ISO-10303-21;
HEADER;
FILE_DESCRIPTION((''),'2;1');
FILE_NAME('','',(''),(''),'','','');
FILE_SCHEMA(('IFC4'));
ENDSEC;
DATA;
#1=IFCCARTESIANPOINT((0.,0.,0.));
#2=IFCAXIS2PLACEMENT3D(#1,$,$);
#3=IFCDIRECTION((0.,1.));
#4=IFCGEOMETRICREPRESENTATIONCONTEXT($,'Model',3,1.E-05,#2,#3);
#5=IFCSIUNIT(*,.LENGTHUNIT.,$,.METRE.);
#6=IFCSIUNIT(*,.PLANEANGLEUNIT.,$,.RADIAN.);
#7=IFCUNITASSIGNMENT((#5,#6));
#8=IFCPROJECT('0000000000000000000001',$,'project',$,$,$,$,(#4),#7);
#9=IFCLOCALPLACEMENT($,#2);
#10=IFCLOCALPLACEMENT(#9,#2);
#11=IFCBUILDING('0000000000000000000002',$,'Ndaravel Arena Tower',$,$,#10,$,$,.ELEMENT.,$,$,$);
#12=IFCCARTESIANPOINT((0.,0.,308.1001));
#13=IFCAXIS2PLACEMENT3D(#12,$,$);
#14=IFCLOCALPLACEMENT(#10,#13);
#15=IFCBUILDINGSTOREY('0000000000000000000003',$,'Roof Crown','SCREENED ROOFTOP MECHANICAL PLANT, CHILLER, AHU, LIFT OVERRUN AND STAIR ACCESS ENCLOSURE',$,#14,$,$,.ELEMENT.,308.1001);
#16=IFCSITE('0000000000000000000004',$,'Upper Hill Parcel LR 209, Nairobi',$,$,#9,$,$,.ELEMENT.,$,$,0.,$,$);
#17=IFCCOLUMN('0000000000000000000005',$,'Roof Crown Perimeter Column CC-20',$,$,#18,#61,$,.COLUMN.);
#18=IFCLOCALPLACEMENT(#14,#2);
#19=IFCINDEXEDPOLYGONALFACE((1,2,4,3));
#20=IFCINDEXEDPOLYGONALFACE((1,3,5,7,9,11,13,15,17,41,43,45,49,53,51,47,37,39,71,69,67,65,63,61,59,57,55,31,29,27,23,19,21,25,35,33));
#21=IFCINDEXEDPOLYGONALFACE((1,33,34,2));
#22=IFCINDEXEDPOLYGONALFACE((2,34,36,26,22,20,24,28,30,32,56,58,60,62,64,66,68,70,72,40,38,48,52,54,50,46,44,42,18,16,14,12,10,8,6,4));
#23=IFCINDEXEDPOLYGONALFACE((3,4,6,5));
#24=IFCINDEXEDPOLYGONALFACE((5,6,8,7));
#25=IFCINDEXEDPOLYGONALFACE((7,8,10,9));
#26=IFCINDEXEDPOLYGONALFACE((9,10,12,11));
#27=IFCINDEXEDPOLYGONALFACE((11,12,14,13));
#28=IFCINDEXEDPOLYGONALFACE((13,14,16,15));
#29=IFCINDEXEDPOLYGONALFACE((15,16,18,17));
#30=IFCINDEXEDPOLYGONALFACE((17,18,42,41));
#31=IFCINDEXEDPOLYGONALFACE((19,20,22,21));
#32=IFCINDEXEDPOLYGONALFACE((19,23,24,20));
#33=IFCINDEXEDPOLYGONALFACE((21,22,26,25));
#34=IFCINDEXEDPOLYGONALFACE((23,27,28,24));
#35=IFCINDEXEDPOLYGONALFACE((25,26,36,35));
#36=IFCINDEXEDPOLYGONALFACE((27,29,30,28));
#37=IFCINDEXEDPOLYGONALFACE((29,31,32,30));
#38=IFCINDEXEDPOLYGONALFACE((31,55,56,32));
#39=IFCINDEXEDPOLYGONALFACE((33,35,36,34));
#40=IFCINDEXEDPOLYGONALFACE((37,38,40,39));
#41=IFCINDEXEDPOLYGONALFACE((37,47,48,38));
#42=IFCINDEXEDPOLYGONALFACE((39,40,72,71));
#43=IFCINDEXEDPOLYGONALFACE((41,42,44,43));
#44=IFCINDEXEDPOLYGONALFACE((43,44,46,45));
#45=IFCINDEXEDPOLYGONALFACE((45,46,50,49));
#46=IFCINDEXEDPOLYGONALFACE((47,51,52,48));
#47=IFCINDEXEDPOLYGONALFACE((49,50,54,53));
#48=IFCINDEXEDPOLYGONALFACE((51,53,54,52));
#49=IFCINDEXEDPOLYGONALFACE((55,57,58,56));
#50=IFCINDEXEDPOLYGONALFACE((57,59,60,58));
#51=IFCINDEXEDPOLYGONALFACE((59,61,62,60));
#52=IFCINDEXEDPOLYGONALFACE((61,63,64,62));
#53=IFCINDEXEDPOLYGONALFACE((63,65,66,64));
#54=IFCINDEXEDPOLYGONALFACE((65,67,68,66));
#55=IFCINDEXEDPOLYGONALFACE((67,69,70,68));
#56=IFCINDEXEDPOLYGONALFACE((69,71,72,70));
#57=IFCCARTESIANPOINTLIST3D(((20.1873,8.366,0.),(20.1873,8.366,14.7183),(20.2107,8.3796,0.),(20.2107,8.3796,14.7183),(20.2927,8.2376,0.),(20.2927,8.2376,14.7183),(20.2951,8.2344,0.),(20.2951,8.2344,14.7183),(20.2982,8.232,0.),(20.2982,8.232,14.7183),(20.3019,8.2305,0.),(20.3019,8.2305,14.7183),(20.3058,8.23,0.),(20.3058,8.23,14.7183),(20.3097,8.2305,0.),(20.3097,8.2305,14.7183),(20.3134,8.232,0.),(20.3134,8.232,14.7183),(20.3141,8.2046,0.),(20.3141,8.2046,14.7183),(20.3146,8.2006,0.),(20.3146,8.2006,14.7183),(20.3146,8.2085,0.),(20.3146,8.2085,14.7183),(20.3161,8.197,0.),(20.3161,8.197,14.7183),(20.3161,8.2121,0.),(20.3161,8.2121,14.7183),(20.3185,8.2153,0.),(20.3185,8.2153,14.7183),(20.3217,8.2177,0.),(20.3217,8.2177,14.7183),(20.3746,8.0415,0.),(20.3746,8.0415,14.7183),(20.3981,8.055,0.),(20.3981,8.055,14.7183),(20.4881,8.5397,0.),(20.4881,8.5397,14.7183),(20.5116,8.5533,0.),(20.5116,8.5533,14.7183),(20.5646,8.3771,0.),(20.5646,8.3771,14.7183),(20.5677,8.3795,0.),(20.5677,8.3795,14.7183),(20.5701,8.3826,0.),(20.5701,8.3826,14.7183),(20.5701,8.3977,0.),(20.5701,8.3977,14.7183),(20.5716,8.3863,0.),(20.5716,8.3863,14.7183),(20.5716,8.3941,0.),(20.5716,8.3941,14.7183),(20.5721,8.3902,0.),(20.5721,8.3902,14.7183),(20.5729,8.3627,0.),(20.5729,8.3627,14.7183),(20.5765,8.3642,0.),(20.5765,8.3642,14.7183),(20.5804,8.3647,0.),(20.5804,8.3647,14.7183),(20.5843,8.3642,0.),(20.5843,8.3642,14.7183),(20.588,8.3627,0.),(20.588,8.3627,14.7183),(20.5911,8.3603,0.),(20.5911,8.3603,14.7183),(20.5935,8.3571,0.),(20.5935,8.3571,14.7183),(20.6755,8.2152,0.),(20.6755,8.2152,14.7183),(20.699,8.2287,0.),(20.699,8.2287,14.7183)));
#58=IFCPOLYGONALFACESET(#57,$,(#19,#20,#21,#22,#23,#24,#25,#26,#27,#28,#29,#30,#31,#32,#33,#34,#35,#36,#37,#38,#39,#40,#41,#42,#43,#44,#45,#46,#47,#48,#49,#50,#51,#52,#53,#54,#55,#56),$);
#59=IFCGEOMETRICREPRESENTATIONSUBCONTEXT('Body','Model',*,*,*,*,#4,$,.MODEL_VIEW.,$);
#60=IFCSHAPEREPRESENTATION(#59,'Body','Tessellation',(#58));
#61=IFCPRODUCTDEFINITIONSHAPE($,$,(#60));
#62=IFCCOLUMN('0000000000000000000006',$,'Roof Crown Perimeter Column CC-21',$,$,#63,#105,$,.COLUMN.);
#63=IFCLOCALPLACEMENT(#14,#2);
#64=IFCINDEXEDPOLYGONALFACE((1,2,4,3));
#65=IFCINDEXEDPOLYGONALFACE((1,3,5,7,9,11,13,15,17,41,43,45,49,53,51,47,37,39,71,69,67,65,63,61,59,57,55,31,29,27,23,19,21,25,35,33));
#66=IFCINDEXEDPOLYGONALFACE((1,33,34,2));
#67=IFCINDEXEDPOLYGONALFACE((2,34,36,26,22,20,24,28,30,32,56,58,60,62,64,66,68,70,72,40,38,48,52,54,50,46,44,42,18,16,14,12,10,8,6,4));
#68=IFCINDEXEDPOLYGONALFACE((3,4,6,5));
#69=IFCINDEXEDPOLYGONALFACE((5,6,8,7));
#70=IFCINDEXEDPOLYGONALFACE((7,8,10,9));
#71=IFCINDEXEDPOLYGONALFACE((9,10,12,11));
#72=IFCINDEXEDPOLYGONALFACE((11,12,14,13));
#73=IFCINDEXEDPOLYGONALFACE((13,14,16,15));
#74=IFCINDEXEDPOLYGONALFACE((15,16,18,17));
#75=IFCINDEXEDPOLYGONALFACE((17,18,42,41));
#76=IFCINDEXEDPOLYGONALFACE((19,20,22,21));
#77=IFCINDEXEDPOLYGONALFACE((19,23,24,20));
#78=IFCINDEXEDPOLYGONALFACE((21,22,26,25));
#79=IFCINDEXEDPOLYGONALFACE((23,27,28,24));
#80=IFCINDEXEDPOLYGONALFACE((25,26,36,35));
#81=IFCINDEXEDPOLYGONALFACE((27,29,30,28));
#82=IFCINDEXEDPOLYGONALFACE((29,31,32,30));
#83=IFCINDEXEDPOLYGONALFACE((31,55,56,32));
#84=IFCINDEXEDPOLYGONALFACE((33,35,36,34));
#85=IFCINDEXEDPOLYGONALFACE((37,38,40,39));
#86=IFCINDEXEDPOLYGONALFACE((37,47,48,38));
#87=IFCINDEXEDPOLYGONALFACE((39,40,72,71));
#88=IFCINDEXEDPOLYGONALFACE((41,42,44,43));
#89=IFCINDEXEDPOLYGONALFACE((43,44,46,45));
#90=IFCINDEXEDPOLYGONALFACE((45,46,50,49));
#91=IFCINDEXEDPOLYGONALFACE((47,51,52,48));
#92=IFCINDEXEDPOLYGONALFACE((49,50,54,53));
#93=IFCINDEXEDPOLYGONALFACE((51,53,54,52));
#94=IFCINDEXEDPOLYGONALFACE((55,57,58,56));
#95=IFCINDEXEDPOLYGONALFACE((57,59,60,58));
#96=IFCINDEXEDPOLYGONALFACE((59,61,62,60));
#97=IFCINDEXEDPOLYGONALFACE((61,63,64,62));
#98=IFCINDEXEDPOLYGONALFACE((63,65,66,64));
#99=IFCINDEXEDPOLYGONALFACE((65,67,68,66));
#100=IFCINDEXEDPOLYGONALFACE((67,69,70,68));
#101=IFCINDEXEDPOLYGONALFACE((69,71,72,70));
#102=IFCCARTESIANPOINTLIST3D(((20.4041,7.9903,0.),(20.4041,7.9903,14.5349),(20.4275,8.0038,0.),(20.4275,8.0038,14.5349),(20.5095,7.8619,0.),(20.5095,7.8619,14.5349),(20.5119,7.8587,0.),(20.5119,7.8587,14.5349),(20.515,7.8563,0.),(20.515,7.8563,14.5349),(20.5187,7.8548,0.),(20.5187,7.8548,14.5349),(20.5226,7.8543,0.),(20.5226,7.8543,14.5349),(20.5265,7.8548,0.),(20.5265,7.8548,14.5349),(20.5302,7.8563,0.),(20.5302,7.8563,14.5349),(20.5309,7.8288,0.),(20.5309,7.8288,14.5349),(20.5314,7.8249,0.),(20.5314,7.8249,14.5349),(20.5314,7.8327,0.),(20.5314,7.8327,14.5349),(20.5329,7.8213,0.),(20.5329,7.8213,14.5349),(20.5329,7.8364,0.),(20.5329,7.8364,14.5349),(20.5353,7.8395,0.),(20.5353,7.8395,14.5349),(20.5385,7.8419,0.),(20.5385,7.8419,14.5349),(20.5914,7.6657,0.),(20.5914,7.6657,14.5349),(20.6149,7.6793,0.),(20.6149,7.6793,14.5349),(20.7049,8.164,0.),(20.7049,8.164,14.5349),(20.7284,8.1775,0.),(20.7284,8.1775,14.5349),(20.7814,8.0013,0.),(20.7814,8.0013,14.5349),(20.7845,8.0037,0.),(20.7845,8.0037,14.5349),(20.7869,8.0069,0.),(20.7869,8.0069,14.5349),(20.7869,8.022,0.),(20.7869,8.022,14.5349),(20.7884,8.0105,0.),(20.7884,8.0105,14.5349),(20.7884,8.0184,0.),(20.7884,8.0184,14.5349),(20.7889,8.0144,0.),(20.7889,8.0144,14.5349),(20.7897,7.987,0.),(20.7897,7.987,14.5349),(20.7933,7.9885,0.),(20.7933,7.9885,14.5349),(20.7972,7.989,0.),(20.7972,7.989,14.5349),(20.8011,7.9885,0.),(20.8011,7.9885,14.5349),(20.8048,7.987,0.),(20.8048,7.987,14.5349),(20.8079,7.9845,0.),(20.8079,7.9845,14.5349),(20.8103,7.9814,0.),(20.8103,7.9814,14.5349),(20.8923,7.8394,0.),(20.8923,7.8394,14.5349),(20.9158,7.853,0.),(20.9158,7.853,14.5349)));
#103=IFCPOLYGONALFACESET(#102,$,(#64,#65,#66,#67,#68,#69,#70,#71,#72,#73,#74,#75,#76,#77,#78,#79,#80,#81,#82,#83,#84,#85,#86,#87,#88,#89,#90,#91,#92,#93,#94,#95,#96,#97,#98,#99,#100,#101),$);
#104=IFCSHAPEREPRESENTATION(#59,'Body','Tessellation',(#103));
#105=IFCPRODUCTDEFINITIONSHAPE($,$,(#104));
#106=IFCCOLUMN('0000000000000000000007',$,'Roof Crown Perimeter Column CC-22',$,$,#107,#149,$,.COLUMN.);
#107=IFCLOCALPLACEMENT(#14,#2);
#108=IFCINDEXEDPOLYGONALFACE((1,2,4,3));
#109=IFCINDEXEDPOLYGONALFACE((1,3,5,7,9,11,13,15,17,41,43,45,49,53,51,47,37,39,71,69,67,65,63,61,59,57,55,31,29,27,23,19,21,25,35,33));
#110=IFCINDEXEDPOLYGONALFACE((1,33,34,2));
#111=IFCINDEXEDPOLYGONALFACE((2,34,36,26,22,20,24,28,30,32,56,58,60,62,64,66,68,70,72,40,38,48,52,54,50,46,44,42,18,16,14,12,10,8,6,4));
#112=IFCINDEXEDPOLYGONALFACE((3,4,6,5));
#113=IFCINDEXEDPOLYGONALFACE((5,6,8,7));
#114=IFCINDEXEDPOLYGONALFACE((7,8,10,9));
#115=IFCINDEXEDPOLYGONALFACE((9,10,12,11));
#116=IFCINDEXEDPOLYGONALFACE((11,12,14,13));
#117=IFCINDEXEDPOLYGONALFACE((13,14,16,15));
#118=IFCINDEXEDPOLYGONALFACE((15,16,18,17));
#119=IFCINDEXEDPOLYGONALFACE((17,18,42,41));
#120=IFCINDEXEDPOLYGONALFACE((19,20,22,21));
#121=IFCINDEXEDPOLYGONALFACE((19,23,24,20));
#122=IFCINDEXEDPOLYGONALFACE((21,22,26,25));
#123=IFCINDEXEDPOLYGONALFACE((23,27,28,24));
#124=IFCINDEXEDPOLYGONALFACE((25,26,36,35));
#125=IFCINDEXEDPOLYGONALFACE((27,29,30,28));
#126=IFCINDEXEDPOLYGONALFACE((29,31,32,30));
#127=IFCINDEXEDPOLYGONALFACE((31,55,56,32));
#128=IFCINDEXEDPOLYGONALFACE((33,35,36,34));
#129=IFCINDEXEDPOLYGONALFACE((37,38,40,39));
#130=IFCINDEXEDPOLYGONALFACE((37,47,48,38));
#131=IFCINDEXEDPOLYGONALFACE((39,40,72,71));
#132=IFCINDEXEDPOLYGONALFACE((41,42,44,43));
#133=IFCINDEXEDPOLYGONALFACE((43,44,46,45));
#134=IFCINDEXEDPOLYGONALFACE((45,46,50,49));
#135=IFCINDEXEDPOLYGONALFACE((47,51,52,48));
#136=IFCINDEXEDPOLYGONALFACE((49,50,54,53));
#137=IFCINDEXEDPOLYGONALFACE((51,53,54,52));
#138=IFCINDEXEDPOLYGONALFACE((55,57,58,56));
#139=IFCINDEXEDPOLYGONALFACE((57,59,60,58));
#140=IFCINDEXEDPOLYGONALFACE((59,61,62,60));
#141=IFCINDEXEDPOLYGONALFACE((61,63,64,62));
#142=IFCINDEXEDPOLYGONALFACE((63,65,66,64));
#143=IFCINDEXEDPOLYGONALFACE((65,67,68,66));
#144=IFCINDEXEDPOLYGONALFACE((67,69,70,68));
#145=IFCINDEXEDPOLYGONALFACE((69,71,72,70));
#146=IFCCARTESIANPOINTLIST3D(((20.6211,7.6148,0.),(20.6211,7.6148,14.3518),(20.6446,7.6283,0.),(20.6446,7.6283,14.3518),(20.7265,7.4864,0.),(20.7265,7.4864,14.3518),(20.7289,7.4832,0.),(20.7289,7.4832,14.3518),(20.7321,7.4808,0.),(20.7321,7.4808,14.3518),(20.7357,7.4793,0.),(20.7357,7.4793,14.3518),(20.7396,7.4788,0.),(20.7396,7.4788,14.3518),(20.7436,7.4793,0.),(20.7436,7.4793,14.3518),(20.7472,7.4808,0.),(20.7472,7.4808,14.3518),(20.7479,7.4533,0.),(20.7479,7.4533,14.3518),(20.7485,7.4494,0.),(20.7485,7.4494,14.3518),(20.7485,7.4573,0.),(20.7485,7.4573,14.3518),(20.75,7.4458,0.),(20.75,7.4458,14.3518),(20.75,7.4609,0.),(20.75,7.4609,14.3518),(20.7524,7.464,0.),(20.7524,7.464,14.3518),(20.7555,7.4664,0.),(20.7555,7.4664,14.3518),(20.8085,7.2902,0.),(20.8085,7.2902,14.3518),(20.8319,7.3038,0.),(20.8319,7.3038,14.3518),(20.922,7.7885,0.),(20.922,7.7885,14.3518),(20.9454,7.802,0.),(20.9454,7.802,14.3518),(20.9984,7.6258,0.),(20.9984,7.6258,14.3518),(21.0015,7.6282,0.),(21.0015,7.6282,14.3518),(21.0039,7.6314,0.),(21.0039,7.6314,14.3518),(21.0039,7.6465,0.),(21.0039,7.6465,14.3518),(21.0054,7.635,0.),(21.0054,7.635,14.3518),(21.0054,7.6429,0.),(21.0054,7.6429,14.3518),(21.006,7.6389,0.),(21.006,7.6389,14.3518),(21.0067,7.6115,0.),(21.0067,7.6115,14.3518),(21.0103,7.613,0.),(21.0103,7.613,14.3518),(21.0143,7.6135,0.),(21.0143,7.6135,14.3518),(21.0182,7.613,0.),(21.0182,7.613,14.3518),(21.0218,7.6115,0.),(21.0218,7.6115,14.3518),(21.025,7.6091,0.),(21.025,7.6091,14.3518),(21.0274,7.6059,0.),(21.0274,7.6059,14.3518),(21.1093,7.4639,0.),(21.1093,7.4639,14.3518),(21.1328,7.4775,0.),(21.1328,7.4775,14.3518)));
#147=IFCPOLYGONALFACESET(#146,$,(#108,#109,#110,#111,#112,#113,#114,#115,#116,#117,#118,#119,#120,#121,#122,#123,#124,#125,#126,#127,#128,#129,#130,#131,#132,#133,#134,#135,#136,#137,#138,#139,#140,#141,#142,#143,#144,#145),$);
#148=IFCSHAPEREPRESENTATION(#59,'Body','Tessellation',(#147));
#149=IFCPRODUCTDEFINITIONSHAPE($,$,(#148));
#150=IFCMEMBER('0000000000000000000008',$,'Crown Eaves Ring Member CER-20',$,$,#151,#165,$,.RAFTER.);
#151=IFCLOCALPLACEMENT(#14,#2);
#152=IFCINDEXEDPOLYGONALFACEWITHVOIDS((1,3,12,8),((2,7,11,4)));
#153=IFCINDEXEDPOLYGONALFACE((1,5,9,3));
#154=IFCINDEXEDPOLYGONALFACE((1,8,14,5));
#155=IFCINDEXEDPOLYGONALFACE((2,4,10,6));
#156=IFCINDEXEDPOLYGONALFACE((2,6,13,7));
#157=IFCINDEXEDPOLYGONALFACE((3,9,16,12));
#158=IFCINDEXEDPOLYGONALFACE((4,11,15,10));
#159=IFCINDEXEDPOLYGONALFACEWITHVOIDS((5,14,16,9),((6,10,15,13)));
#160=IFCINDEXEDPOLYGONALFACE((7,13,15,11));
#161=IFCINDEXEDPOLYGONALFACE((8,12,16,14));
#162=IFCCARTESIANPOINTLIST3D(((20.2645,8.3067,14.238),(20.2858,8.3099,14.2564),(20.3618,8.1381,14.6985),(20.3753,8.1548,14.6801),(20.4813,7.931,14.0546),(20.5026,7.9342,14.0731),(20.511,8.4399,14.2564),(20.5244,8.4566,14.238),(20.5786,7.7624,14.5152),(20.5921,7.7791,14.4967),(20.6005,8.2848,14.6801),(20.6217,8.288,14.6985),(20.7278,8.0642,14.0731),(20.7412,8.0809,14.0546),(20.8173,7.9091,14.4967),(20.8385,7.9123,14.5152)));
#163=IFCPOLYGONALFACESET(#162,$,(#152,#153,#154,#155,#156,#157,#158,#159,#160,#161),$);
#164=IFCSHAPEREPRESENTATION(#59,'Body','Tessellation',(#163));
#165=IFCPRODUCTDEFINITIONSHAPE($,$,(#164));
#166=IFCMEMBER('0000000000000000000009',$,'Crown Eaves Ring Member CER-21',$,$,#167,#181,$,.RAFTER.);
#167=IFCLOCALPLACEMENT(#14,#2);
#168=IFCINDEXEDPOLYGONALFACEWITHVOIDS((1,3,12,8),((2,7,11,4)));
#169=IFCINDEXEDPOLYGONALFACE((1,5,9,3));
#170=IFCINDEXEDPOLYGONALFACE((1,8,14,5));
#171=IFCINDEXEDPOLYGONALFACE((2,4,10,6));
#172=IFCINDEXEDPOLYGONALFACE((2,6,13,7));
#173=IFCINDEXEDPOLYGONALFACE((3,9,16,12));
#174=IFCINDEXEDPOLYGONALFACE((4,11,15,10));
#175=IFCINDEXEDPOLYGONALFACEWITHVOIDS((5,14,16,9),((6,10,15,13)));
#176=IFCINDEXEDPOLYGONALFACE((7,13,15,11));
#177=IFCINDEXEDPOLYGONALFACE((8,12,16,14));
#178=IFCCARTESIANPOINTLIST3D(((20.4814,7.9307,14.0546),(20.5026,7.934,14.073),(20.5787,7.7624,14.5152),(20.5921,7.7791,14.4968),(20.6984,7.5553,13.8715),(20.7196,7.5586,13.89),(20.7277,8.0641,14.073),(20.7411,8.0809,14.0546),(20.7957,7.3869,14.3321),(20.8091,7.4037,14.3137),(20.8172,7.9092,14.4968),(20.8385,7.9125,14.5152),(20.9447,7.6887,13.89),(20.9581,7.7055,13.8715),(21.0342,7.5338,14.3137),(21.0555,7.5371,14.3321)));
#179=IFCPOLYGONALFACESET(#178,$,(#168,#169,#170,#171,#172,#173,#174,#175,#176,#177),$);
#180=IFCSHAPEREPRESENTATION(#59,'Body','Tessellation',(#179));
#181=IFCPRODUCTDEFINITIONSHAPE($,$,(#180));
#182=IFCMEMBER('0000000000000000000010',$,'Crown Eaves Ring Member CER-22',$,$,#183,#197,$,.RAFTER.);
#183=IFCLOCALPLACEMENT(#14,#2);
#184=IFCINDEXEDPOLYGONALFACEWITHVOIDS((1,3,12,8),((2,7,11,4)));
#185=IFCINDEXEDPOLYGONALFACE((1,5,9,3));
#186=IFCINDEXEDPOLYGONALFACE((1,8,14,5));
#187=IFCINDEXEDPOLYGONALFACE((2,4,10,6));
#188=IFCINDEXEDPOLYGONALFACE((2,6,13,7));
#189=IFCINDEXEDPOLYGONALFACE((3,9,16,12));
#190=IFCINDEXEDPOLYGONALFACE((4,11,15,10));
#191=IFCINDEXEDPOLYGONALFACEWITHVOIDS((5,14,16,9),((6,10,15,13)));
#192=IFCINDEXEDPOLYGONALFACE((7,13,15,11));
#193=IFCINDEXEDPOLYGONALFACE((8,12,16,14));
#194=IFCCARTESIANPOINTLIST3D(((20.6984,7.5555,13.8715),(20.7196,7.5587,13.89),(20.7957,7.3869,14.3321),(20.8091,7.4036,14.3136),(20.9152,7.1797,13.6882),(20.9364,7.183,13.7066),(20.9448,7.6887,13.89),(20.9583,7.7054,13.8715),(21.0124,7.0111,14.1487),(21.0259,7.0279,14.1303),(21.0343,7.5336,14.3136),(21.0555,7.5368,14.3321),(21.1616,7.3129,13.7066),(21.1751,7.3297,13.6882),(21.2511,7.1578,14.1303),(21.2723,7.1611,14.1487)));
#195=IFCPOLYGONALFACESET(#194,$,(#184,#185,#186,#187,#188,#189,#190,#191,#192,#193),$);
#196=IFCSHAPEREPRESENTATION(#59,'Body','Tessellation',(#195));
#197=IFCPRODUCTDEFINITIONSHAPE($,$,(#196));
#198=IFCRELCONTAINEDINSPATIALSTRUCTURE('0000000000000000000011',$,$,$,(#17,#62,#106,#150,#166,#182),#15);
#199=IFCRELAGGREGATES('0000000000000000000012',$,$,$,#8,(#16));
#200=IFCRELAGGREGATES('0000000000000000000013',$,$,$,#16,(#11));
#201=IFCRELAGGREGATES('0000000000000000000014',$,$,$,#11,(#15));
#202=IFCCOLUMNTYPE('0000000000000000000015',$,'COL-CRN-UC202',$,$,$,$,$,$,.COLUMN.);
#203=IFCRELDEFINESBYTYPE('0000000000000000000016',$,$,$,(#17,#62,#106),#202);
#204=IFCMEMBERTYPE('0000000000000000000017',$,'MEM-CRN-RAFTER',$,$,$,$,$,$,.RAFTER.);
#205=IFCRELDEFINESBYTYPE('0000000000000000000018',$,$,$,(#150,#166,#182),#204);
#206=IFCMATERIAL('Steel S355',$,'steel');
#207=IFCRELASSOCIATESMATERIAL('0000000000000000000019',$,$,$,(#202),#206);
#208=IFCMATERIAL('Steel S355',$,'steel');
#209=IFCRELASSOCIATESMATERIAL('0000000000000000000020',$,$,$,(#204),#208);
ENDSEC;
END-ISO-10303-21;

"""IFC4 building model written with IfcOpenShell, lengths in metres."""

from ifc_helpers import new_model, si_unit, direction, frame, origin, origin_2d, place, context, subcontext, project, spatial, hollow_rectangle, i_section, extrude, material, material_profile, profile_set, type_object, element, save


model = new_model("IFC4")

# Units and contexts
model_context = context("Model", 3, precision=1e-05, world=origin(), true_north=direction((0.0, 1.0)))
body_context = subcontext(model_context, "Body", "Model", "MODEL_VIEW")
ifc_project = project(units=[si_unit("LENGTHUNIT", "METRE"), si_unit("PLANEANGLEUNIT", "RADIAN")], contexts=[model_context])

# Site, building, storey
site_placement = place(None, origin())
site = spatial("IfcSite", under=ifc_project, at=site_placement, Name="Upper Hill Parcel LR 209, Nairobi", CompositionType="ELEMENT", RefElevation=0.0)
building_placement = place(site_placement, origin())
building = spatial("IfcBuilding", under=site, at=building_placement, Name="Ndaravel Arena Tower", CompositionType="ELEMENT")
storey_placement = place(building_placement, frame((0.0, 0.0, 308.1001)))
storey = spatial("IfcBuildingStorey", under=building, at=storey_placement, Name="Roof Crown", Description="SCREENED ROOFTOP MECHANICAL PLANT, CHILLER, AHU, LIFT OVERRUN AND STAIR ACCESS ENCLOSURE", CompositionType="ELEMENT", Elevation=308.1001)

# Columns
ifc_material_1 = material(Name="Steel S355", Category="steel")
ifc_material_profile_1 = material_profile(ifc_material_1, i_section(OverallWidth=0.3748, OverallDepth=0.3745, WebThickness=0.0166, FlangeThickness=0.0271, FilletRadius=0.0151, at=origin_2d()), Name="UC 356x368x202")
ifc_profile_set_1 = profile_set([ifc_material_profile_1], Name="Steel S355")
column_type = type_object("IfcColumnType", Name="COL-CRN-UC202", PredefinedType="COLUMN", material=ifc_profile_set_1)
column_1_placement = place(storey_placement, frame((20.4431, 8.2974, 0.0), z_axis=(0.0, 0.0, 1.0), x_axis=(-0.5, 0.866025, 0.0)))
element("IfcColumn", 1, at=column_1_placement, inside=storey, type_object=column_type, Name="Roof Crown Perimeter Column CC-20", PredefinedType="COLUMN", context=body_context, shape_type="SweptSolid", body=[
    extrude(i_section(OverallWidth=0.3748, OverallDepth=0.3745, WebThickness=0.0166, FlangeThickness=0.0271, FilletRadius=0.0151, at=origin_2d()), origin(), (0.0, 0.0, 1.0), 14.7183),
])
column_2_placement = place(storey_placement, frame((20.6599, 7.9216, 0.0), z_axis=(0.0, 0.0, 1.0), x_axis=(-0.5, 0.866025, 0.0)))
element("IfcColumn", 2, at=column_2_placement, inside=storey, type_object=column_type, Name="Roof Crown Perimeter Column CC-21", PredefinedType="COLUMN", context=body_context, shape_type="SweptSolid", body=[
    extrude(i_section(OverallWidth=0.3748, OverallDepth=0.3745, WebThickness=0.0166, FlangeThickness=0.0271, FilletRadius=0.0151, at=origin_2d()), origin(), (0.0, 0.0, 1.0), 14.5349),
])
column_3_placement = place(storey_placement, frame((20.877, 7.5461, 0.0), z_axis=(0.0, 0.0, 1.0), x_axis=(-0.5, 0.866025, 0.0)))
element("IfcColumn", 3, at=column_3_placement, inside=storey, type_object=column_type, Name="Roof Crown Perimeter Column CC-22", PredefinedType="COLUMN", context=body_context, shape_type="SweptSolid", body=[
    extrude(i_section(OverallWidth=0.3748, OverallDepth=0.3745, WebThickness=0.0166, FlangeThickness=0.0271, FilletRadius=0.0151, at=origin_2d()), origin(), (0.0, 0.0, 1.0), 14.3518),
])

# Members
ifc_material_2 = material(Name="Steel S355", Category="steel")
ifc_material_profile_2 = material_profile(ifc_material_2, hollow_rectangle(XDim=0.3, YDim=0.5, WallThickness=0.02, at=origin_2d()), Name="RHS 500x300x20")
ifc_profile_set_2 = profile_set([ifc_material_profile_2], Name="Steel S355")
member_type_1 = type_object("IfcMemberType", Name="MEM-CRN-RAFTER", PredefinedType="RAFTER", material=ifc_profile_set_2)
member_1_placement = place(storey_placement, frame((20.4431, 8.2974, 14.4683), z_axis=(0.460341, -0.79782, -0.38932), x_axis=(0.866157, 0.499771, 0.0)))
element("IfcMember", 4, at=member_1_placement, inside=storey, type_object=member_type_1, Name="Crown Eaves Ring Member CER-20", PredefinedType="RAFTER", context=body_context, shape_type="SweptSolid", body=[
    extrude(hollow_rectangle(XDim=0.3, YDim=0.5, WallThickness=0.02, at=origin_2d()), origin(), (0.0, 0.0, 1.0), 0.4709),
])
member_2_placement = place(storey_placement, frame((20.6599, 7.9216, 14.2849), z_axis=(0.461033, -0.797602, -0.388948), x_axis=(0.865773, 0.500437, 0.0)))
element("IfcMember", 5, at=member_2_placement, inside=storey, type_object=member_type_1, Name="Crown Eaves Ring Member CER-21", PredefinedType="RAFTER", context=body_context, shape_type="SweptSolid", body=[
    extrude(hollow_rectangle(XDim=0.3, YDim=0.5, WallThickness=0.02, at=origin_2d()), origin(), (0.0, 0.0, 1.0), 0.4707),
])
member_3_placement = place(storey_placement, frame((20.877, 7.5461, 14.1018), z_axis=(0.460341, -0.79782, -0.38932), x_axis=(0.866157, 0.499771, 0.0)))
element("IfcMember", 6, at=member_3_placement, inside=storey, type_object=member_type_1, Name="Crown Eaves Ring Member CER-22", PredefinedType="RAFTER", context=body_context, shape_type="SweptSolid", body=[
    extrude(hollow_rectangle(XDim=0.3, YDim=0.5, WallThickness=0.02, at=origin_2d()), origin(), (0.0, 0.0, 1.0), 0.4709),
])

save(model, "model.ifc")
